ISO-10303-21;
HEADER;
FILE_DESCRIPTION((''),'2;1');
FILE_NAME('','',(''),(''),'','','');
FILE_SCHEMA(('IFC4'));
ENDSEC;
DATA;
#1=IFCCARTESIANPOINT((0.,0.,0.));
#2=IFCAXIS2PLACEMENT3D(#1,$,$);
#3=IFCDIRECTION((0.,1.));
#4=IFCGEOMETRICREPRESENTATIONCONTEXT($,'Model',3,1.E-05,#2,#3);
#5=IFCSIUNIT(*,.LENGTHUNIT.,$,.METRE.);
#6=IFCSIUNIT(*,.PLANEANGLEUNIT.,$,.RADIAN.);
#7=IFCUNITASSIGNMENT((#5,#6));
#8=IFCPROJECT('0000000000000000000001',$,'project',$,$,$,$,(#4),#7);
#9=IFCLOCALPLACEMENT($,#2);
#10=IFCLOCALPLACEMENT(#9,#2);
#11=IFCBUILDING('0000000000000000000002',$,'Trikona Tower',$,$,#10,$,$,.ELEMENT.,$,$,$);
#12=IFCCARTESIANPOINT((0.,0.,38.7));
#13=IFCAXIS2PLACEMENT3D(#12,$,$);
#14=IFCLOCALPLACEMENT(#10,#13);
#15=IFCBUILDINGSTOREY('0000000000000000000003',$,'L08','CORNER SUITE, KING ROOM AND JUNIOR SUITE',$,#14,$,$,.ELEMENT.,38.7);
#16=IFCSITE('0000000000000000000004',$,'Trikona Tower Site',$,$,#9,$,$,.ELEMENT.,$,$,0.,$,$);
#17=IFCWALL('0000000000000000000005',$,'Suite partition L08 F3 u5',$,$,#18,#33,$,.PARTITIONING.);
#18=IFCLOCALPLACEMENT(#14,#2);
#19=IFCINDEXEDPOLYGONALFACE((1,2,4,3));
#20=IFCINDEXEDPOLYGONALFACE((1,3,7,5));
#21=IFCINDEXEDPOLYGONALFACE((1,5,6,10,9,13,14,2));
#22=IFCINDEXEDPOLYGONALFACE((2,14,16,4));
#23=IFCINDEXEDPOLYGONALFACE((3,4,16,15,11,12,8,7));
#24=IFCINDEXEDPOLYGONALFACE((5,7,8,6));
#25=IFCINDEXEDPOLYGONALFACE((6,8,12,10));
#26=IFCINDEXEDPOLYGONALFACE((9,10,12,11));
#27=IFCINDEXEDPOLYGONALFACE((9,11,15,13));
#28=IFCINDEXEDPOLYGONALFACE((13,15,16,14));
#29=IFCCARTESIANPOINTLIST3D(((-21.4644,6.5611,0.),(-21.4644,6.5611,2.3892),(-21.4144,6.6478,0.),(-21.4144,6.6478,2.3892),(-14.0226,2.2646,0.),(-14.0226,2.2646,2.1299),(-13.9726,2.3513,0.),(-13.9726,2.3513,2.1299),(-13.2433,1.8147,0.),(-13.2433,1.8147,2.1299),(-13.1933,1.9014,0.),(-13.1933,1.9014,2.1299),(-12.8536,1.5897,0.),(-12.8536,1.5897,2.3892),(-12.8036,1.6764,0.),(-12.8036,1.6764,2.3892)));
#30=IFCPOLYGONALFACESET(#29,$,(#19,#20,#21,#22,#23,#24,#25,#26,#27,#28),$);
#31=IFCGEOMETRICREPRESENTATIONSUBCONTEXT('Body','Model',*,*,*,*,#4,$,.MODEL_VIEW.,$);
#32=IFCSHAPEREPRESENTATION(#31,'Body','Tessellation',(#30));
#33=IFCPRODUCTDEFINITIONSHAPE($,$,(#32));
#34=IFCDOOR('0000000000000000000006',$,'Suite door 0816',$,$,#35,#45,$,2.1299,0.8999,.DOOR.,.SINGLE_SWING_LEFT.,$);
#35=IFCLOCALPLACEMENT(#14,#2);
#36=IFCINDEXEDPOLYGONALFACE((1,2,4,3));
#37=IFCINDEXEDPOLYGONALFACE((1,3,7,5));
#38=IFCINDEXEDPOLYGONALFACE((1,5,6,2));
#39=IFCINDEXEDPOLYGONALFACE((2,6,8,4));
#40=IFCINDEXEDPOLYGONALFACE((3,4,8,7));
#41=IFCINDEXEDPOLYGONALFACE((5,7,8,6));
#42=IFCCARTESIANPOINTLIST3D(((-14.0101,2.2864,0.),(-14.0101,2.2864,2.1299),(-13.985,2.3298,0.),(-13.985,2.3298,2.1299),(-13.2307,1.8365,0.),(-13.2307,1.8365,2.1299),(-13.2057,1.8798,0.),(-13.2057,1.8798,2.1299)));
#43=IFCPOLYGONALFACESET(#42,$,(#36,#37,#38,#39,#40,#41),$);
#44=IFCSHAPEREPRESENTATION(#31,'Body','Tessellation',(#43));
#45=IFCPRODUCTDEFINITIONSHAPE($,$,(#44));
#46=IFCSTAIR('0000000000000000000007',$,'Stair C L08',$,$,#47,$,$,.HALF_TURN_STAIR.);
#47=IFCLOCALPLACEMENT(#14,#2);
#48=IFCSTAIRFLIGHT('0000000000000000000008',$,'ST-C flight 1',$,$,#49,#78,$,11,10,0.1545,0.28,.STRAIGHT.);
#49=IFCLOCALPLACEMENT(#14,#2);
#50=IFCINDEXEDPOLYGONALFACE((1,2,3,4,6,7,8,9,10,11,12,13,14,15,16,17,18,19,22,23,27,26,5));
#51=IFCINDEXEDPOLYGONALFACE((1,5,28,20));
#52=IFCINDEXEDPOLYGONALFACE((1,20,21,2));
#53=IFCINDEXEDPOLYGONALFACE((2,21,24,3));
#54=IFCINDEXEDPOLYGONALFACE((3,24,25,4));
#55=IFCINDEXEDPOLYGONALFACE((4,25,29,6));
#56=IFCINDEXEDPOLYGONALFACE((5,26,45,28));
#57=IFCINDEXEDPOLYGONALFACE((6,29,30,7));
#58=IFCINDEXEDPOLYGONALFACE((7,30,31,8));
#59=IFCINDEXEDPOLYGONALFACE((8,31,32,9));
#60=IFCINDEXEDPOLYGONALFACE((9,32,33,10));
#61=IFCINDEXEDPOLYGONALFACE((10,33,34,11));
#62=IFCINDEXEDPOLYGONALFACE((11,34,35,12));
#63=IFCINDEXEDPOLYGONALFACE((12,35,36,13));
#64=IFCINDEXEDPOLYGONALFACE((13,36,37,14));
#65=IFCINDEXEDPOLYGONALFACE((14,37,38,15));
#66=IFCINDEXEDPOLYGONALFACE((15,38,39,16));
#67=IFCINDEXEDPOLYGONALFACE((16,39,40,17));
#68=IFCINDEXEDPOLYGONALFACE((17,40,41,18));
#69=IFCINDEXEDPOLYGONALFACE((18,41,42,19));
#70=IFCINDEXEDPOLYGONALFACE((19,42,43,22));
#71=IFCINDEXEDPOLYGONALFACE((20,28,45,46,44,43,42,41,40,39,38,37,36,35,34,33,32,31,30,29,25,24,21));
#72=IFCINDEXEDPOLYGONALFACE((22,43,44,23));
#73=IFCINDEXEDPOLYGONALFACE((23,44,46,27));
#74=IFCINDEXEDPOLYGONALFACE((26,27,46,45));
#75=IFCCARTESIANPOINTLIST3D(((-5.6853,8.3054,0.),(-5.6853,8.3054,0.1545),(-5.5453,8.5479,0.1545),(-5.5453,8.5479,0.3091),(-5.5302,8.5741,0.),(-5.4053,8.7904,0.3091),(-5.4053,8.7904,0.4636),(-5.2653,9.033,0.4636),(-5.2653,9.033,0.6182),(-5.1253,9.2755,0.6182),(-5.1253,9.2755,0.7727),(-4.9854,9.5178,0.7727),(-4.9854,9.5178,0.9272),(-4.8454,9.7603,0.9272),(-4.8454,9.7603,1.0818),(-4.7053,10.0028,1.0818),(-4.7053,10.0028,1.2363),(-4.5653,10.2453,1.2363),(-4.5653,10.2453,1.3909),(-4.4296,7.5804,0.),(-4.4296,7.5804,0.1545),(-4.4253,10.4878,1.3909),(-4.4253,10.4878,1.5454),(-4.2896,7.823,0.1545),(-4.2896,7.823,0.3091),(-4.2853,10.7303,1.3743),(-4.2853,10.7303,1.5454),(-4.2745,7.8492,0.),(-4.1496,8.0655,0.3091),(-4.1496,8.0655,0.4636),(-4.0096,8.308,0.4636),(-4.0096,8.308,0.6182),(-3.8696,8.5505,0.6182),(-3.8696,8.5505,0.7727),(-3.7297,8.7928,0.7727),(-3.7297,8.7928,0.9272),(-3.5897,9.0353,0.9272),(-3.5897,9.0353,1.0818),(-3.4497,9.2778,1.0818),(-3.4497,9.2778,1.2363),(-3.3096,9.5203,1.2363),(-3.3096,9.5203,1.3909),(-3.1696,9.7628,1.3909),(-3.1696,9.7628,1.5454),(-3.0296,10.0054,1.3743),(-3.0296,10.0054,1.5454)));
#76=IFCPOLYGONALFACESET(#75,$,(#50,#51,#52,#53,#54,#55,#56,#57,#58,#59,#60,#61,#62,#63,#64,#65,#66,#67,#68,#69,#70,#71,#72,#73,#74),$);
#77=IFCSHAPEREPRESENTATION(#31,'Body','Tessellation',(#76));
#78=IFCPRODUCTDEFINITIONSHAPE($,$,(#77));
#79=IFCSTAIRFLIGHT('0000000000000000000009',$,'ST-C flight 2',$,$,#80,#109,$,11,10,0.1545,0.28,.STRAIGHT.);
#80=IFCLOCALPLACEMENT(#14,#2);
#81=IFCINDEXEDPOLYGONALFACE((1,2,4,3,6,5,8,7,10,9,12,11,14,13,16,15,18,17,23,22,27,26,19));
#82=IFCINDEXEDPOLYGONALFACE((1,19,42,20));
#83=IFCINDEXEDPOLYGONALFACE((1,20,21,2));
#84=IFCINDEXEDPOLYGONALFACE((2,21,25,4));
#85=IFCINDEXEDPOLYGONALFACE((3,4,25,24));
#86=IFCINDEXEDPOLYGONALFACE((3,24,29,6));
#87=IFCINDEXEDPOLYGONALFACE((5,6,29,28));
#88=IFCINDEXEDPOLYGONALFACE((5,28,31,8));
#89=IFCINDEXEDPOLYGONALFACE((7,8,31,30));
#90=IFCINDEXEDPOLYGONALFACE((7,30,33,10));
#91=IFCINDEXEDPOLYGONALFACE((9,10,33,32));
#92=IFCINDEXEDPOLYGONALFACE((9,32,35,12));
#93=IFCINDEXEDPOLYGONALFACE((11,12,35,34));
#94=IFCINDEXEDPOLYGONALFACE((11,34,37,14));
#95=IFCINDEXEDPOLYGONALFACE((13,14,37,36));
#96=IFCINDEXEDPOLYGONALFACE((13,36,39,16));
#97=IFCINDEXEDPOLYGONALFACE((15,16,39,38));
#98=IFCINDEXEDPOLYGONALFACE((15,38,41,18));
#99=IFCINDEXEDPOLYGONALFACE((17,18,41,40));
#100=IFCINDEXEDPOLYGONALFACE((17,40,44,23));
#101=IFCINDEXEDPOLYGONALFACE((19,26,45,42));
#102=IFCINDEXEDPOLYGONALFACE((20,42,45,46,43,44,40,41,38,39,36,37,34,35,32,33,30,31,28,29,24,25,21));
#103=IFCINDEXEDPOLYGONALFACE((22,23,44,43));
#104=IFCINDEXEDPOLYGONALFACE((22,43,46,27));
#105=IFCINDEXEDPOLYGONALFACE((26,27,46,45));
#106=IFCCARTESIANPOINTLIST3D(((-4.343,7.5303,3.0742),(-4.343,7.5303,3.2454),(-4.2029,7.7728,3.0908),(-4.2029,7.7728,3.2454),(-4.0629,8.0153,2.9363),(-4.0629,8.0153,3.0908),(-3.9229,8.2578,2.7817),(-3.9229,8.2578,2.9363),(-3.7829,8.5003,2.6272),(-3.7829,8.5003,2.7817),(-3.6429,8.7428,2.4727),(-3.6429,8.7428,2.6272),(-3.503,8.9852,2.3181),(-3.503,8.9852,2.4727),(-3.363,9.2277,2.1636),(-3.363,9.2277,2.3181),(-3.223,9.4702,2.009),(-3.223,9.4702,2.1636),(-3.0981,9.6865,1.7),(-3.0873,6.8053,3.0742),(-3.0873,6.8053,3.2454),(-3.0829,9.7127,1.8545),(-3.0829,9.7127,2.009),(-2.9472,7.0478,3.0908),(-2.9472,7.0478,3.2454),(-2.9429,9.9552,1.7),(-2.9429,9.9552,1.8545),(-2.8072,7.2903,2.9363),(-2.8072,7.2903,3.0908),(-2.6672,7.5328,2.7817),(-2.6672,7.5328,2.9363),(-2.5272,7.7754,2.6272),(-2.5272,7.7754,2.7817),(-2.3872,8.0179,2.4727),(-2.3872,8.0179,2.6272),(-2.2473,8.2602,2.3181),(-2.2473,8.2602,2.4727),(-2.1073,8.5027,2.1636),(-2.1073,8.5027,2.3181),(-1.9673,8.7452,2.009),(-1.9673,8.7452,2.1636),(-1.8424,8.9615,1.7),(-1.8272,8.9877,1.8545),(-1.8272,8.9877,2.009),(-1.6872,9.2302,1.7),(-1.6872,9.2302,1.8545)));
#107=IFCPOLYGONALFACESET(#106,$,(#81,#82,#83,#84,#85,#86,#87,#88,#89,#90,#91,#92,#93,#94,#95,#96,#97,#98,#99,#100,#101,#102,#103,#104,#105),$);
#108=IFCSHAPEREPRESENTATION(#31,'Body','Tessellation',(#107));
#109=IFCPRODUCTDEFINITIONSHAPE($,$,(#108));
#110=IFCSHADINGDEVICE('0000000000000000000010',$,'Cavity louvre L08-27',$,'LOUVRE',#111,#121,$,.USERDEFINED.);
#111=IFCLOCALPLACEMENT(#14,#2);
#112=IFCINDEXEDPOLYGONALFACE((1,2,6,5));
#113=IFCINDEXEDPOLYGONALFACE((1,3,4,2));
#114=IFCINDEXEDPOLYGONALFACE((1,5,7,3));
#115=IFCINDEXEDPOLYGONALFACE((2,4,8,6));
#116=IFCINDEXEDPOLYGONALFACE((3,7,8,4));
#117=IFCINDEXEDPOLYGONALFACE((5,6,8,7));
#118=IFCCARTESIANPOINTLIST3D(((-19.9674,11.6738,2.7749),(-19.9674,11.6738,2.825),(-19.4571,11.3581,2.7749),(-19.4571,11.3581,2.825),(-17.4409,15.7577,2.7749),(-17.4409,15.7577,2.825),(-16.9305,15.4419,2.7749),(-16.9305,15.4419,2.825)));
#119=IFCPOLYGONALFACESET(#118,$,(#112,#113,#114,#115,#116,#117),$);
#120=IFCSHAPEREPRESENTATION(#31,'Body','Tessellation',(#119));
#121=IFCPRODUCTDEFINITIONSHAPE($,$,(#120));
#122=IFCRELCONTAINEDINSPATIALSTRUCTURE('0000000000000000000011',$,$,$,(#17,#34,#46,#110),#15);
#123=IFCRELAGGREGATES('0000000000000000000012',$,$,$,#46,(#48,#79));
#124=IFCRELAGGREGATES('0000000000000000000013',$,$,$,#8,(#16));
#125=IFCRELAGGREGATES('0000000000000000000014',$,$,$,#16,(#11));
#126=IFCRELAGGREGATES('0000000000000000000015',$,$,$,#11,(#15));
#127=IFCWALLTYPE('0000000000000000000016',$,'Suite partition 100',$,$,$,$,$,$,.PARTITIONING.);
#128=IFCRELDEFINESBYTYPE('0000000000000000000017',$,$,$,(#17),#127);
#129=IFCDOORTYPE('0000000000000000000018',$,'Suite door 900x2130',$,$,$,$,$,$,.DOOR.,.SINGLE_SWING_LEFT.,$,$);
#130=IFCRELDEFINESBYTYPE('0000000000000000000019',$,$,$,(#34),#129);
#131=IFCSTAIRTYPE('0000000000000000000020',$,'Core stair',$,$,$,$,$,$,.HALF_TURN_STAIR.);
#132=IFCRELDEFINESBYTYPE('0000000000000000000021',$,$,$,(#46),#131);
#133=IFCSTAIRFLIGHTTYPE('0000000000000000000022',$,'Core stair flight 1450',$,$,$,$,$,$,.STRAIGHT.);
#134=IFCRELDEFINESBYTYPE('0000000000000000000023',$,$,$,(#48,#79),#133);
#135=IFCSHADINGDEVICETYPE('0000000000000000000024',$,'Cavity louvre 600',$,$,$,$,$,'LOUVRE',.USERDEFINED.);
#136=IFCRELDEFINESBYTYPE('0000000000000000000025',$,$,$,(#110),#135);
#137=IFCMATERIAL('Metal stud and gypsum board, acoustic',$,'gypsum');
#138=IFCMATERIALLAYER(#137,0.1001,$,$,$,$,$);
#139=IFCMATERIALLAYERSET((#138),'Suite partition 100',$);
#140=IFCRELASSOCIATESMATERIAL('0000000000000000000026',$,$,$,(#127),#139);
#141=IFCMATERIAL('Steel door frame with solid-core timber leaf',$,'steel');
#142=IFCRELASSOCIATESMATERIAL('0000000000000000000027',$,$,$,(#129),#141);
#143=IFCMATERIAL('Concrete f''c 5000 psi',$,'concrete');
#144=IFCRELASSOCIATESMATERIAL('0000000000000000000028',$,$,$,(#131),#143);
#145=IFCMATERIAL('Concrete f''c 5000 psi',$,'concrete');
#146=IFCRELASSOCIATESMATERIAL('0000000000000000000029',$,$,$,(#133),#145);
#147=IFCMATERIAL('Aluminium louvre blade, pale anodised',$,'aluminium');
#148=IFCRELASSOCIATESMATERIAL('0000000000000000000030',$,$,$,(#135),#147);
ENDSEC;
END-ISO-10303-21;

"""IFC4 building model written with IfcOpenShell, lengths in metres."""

from ifc_helpers import new_model, si_unit, direction, frame, frame_2d, origin, origin_2d, place, context, subcontext, project, spatial, polyline, rectangle, outline, extrude, material, layer, layer_set, type_object, element, fill, aggregate, save


model = new_model("IFC4")

# Units and contexts
model_context = context("Model", 3, precision=1e-05, world=origin(), true_north=direction((0.0, 1.0)))
body_context = subcontext(model_context, "Body", "Model", "MODEL_VIEW")
ifc_project = project(units=[si_unit("LENGTHUNIT", "METRE"), si_unit("PLANEANGLEUNIT", "RADIAN")], contexts=[model_context])

# Site, building, storey
site_placement = place(None, origin())
site = spatial("IfcSite", under=ifc_project, at=site_placement, Name="Trikona Tower Site", CompositionType="ELEMENT", RefElevation=0.0)
building_placement = place(site_placement, origin())
building = spatial("IfcBuilding", under=site, at=building_placement, Name="Trikona Tower", CompositionType="ELEMENT")
storey_placement = place(building_placement, frame((0.0, 0.0, 38.7)))
storey = spatial("IfcBuildingStorey", under=building, at=storey_placement, Name="L08", Description="CORNER SUITE, KING ROOM AND JUNIOR SUITE", CompositionType="ELEMENT", Elevation=38.7)

# Wall, opening, door
ifc_material_1 = material(Name="Metal stud and gypsum board, acoustic", Category="gypsum")
ifc_layer_1 = layer(ifc_material_1, 0.1001)
ifc_layer_set_1 = layer_set([ifc_layer_1], Name="Suite partition 100")
wall_type_1 = type_object("IfcWallType", Name="Suite partition 100", PredefinedType="PARTITIONING", material=ifc_layer_set_1)
ifc_material_2 = material(Name="Steel door frame with solid-core timber leaf", Category="steel")
door_type_1 = type_object("IfcDoorType", Name="Suite door 900x2130", OperationType="SINGLE_SWING_LEFT", PredefinedType="DOOR", material=ifc_material_2)
wall_1_placement = place(storey_placement, frame((-12.8286, 1.6331, 0.0), z_axis=(0.0, 0.0, 1.0), x_axis=(-0.866027, 0.499997, 0.0)))
wall_1 = element("IfcWall", 1, at=wall_1_placement, inside=storey, type_object=wall_type_1, Name="Suite partition L08 F3 u5", PredefinedType="PARTITIONING", context=body_context, shape_type="SweptSolid", body=[
    extrude(rectangle(XDim=9.9429, YDim=0.1001, at=frame_2d((4.9714, 0.0))), origin(), (0.0, 0.0, 1.0), 2.3892),
])
opening_1_placement = place(wall_1_placement, frame((0.45, 0.0, 0.0)))
opening_1 = element("IfcOpeningElement", 2, at=opening_1_placement, cuts=wall_1, PredefinedType="OPENING", context=body_context, shape_type="SweptSolid", body=[
    extrude(rectangle(XDim=0.8999, YDim=2.1299, at=frame_2d((0.45, 1.0649))), frame((0.0, 0.0601, 0.0), z_axis=(0.0, -1.0, 0.0), x_axis=(1.0, 0.0, 0.0)), (0.0, 0.0, 1.0), 0.1201),
])
door_1_placement = place(opening_1_placement, origin())
door_1 = element("IfcDoor", 3, at=door_1_placement, inside=storey, type_object=door_type_1, Name="Suite door 0816", OperationType="SINGLE_SWING_LEFT", OverallHeight=2.1299, OverallWidth=0.8999, PredefinedType="DOOR", context=body_context, shape_type="SweptSolid", body=[
    extrude(rectangle(XDim=0.8999, YDim=2.1299, at=frame_2d((0.45, 1.0649))), frame((0.0, 0.0249, 0.0), z_axis=(0.0, -1.0, 0.0), x_axis=(1.0, 0.0, 0.0)), (0.0, 0.0, 1.0), 0.05),
])
fill(opening_1, door_1)

# Stair, stair flights
ifc_material_3 = material(Name="Concrete f'c 5000 psi", Category="concrete")
stair_type = type_object("IfcStairType", Name="Core stair", PredefinedType="HALF_TURN_STAIR", material=ifc_material_3)
stair_placement = place(storey_placement, origin())
stair = element("IfcStair", 4, at=stair_placement, inside=storey, type_object=stair_type, Name="Stair C L08", PredefinedType="HALF_TURN_STAIR")
ifc_material_4 = material(Name="Concrete f'c 5000 psi", Category="concrete")
stair_flight_type = type_object("IfcStairFlightType", Name="Core stair flight 1450", PredefinedType="STRAIGHT", material=ifc_material_4)
stair_flight_1_placement = place(storey_placement, frame((-5.0574, 7.9429, 0.0), z_axis=(0.0, 0.0, 1.0), x_axis=(0.5, 0.866025, 0.0)))
stair_flight_1 = element("IfcStairFlight", 5, at=stair_flight_1_placement, type_object=stair_flight_type, Name="ST-C flight 1", NumberOfRisers=11, NumberOfTreads=10, PredefinedType="STRAIGHT", RiserHeight=0.1545, TreadLength=0.28, context=body_context, shape_type="SweptSolid", body=[
    extrude(outline(polyline([(0.0, 0.0), (0.0, 0.1545), (0.28, 0.1545), (0.28, 0.3091), (0.5601, 0.3091), (0.5601, 0.4636), (0.8401, 0.4636), (0.8401, 0.6182), (1.1201, 0.6182), (1.1201, 0.7727), (1.3999, 0.7727), (1.3999, 0.9272), (1.6799, 0.9272), (1.6799, 1.0818), (1.96, 1.0818), (1.96, 1.2363), (2.24, 1.2363), (2.24, 1.3909), (2.52, 1.3909), (2.52, 1.5454), (2.8, 1.5454), (2.8, 1.7), (2.8, 1.3743), (0.3103, 0.0), (0.0, 0.0)])), frame((0.0, 0.7251, 0.0), z_axis=(0.0, -1.0, 0.0), x_axis=(1.0, 0.0, 0.0)), (0.0, 0.0, 1.0), 1.45),
])
stair_flight_2_placement = place(storey_placement, frame((-2.3152, 9.5928, 1.7), z_axis=(0.0, 0.0, 1.0), x_axis=(-0.5, -0.866025, 0.0)))
stair_flight_2 = element("IfcStairFlight", 6, at=stair_flight_2_placement, type_object=stair_flight_type, Name="ST-C flight 2", NumberOfRisers=11, NumberOfTreads=10, PredefinedType="STRAIGHT", RiserHeight=0.1545, TreadLength=0.28, context=body_context, shape_type="SweptSolid", body=[
    extrude(outline(polyline([(0.0, 0.0), (0.0, 0.1545), (0.28, 0.1545), (0.28, 0.3091), (0.5601, 0.3091), (0.5601, 0.4636), (0.8401, 0.4636), (0.8401, 0.6182), (1.1201, 0.6182), (1.1201, 0.7727), (1.3999, 0.7727), (1.3999, 0.9272), (1.6799, 0.9272), (1.6799, 1.0818), (1.96, 1.0818), (1.96, 1.2363), (2.24, 1.2363), (2.24, 1.3909), (2.52, 1.3909), (2.52, 1.5454), (2.8, 1.5454), (2.8, 1.7), (2.8, 1.3743), (0.3103, 0.0), (0.0, 0.0)])), frame((0.0, 0.7251, 0.0), z_axis=(0.0, -1.0, 0.0), x_axis=(1.0, 0.0, 0.0)), (0.0, 0.0, 1.0), 1.45),
])
aggregate(stair, [stair_flight_1, stair_flight_2])

# Shading device
ifc_material_5 = material(Name="Aluminium louvre blade, pale anodised", Category="aluminium")
shading_device_type = type_object("IfcShadingDeviceType", Name="Cavity louvre 600", ElementType="LOUVRE", PredefinedType="USERDEFINED", material=ifc_material_5)
shading_device_placement = place(storey_placement, frame((-18.449, 13.5579, 2.7749), z_axis=(0.0, 0.0, 1.0), x_axis=(-0.526119, -0.850411, 0.0)))
element("IfcShadingDevice", 7, at=shading_device_placement, inside=storey, type_object=shading_device_type, Name="Cavity louvre L08-27", ObjectType="LOUVRE", PredefinedType="USERDEFINED", context=body_context, shape_type="SweptSolid", body=[
    extrude(rectangle(XDim=4.8022, YDim=0.6001, at=origin_2d()), origin(), (0.0, 0.0, 1.0), 0.05),
])

save(model, "model.ifc")
